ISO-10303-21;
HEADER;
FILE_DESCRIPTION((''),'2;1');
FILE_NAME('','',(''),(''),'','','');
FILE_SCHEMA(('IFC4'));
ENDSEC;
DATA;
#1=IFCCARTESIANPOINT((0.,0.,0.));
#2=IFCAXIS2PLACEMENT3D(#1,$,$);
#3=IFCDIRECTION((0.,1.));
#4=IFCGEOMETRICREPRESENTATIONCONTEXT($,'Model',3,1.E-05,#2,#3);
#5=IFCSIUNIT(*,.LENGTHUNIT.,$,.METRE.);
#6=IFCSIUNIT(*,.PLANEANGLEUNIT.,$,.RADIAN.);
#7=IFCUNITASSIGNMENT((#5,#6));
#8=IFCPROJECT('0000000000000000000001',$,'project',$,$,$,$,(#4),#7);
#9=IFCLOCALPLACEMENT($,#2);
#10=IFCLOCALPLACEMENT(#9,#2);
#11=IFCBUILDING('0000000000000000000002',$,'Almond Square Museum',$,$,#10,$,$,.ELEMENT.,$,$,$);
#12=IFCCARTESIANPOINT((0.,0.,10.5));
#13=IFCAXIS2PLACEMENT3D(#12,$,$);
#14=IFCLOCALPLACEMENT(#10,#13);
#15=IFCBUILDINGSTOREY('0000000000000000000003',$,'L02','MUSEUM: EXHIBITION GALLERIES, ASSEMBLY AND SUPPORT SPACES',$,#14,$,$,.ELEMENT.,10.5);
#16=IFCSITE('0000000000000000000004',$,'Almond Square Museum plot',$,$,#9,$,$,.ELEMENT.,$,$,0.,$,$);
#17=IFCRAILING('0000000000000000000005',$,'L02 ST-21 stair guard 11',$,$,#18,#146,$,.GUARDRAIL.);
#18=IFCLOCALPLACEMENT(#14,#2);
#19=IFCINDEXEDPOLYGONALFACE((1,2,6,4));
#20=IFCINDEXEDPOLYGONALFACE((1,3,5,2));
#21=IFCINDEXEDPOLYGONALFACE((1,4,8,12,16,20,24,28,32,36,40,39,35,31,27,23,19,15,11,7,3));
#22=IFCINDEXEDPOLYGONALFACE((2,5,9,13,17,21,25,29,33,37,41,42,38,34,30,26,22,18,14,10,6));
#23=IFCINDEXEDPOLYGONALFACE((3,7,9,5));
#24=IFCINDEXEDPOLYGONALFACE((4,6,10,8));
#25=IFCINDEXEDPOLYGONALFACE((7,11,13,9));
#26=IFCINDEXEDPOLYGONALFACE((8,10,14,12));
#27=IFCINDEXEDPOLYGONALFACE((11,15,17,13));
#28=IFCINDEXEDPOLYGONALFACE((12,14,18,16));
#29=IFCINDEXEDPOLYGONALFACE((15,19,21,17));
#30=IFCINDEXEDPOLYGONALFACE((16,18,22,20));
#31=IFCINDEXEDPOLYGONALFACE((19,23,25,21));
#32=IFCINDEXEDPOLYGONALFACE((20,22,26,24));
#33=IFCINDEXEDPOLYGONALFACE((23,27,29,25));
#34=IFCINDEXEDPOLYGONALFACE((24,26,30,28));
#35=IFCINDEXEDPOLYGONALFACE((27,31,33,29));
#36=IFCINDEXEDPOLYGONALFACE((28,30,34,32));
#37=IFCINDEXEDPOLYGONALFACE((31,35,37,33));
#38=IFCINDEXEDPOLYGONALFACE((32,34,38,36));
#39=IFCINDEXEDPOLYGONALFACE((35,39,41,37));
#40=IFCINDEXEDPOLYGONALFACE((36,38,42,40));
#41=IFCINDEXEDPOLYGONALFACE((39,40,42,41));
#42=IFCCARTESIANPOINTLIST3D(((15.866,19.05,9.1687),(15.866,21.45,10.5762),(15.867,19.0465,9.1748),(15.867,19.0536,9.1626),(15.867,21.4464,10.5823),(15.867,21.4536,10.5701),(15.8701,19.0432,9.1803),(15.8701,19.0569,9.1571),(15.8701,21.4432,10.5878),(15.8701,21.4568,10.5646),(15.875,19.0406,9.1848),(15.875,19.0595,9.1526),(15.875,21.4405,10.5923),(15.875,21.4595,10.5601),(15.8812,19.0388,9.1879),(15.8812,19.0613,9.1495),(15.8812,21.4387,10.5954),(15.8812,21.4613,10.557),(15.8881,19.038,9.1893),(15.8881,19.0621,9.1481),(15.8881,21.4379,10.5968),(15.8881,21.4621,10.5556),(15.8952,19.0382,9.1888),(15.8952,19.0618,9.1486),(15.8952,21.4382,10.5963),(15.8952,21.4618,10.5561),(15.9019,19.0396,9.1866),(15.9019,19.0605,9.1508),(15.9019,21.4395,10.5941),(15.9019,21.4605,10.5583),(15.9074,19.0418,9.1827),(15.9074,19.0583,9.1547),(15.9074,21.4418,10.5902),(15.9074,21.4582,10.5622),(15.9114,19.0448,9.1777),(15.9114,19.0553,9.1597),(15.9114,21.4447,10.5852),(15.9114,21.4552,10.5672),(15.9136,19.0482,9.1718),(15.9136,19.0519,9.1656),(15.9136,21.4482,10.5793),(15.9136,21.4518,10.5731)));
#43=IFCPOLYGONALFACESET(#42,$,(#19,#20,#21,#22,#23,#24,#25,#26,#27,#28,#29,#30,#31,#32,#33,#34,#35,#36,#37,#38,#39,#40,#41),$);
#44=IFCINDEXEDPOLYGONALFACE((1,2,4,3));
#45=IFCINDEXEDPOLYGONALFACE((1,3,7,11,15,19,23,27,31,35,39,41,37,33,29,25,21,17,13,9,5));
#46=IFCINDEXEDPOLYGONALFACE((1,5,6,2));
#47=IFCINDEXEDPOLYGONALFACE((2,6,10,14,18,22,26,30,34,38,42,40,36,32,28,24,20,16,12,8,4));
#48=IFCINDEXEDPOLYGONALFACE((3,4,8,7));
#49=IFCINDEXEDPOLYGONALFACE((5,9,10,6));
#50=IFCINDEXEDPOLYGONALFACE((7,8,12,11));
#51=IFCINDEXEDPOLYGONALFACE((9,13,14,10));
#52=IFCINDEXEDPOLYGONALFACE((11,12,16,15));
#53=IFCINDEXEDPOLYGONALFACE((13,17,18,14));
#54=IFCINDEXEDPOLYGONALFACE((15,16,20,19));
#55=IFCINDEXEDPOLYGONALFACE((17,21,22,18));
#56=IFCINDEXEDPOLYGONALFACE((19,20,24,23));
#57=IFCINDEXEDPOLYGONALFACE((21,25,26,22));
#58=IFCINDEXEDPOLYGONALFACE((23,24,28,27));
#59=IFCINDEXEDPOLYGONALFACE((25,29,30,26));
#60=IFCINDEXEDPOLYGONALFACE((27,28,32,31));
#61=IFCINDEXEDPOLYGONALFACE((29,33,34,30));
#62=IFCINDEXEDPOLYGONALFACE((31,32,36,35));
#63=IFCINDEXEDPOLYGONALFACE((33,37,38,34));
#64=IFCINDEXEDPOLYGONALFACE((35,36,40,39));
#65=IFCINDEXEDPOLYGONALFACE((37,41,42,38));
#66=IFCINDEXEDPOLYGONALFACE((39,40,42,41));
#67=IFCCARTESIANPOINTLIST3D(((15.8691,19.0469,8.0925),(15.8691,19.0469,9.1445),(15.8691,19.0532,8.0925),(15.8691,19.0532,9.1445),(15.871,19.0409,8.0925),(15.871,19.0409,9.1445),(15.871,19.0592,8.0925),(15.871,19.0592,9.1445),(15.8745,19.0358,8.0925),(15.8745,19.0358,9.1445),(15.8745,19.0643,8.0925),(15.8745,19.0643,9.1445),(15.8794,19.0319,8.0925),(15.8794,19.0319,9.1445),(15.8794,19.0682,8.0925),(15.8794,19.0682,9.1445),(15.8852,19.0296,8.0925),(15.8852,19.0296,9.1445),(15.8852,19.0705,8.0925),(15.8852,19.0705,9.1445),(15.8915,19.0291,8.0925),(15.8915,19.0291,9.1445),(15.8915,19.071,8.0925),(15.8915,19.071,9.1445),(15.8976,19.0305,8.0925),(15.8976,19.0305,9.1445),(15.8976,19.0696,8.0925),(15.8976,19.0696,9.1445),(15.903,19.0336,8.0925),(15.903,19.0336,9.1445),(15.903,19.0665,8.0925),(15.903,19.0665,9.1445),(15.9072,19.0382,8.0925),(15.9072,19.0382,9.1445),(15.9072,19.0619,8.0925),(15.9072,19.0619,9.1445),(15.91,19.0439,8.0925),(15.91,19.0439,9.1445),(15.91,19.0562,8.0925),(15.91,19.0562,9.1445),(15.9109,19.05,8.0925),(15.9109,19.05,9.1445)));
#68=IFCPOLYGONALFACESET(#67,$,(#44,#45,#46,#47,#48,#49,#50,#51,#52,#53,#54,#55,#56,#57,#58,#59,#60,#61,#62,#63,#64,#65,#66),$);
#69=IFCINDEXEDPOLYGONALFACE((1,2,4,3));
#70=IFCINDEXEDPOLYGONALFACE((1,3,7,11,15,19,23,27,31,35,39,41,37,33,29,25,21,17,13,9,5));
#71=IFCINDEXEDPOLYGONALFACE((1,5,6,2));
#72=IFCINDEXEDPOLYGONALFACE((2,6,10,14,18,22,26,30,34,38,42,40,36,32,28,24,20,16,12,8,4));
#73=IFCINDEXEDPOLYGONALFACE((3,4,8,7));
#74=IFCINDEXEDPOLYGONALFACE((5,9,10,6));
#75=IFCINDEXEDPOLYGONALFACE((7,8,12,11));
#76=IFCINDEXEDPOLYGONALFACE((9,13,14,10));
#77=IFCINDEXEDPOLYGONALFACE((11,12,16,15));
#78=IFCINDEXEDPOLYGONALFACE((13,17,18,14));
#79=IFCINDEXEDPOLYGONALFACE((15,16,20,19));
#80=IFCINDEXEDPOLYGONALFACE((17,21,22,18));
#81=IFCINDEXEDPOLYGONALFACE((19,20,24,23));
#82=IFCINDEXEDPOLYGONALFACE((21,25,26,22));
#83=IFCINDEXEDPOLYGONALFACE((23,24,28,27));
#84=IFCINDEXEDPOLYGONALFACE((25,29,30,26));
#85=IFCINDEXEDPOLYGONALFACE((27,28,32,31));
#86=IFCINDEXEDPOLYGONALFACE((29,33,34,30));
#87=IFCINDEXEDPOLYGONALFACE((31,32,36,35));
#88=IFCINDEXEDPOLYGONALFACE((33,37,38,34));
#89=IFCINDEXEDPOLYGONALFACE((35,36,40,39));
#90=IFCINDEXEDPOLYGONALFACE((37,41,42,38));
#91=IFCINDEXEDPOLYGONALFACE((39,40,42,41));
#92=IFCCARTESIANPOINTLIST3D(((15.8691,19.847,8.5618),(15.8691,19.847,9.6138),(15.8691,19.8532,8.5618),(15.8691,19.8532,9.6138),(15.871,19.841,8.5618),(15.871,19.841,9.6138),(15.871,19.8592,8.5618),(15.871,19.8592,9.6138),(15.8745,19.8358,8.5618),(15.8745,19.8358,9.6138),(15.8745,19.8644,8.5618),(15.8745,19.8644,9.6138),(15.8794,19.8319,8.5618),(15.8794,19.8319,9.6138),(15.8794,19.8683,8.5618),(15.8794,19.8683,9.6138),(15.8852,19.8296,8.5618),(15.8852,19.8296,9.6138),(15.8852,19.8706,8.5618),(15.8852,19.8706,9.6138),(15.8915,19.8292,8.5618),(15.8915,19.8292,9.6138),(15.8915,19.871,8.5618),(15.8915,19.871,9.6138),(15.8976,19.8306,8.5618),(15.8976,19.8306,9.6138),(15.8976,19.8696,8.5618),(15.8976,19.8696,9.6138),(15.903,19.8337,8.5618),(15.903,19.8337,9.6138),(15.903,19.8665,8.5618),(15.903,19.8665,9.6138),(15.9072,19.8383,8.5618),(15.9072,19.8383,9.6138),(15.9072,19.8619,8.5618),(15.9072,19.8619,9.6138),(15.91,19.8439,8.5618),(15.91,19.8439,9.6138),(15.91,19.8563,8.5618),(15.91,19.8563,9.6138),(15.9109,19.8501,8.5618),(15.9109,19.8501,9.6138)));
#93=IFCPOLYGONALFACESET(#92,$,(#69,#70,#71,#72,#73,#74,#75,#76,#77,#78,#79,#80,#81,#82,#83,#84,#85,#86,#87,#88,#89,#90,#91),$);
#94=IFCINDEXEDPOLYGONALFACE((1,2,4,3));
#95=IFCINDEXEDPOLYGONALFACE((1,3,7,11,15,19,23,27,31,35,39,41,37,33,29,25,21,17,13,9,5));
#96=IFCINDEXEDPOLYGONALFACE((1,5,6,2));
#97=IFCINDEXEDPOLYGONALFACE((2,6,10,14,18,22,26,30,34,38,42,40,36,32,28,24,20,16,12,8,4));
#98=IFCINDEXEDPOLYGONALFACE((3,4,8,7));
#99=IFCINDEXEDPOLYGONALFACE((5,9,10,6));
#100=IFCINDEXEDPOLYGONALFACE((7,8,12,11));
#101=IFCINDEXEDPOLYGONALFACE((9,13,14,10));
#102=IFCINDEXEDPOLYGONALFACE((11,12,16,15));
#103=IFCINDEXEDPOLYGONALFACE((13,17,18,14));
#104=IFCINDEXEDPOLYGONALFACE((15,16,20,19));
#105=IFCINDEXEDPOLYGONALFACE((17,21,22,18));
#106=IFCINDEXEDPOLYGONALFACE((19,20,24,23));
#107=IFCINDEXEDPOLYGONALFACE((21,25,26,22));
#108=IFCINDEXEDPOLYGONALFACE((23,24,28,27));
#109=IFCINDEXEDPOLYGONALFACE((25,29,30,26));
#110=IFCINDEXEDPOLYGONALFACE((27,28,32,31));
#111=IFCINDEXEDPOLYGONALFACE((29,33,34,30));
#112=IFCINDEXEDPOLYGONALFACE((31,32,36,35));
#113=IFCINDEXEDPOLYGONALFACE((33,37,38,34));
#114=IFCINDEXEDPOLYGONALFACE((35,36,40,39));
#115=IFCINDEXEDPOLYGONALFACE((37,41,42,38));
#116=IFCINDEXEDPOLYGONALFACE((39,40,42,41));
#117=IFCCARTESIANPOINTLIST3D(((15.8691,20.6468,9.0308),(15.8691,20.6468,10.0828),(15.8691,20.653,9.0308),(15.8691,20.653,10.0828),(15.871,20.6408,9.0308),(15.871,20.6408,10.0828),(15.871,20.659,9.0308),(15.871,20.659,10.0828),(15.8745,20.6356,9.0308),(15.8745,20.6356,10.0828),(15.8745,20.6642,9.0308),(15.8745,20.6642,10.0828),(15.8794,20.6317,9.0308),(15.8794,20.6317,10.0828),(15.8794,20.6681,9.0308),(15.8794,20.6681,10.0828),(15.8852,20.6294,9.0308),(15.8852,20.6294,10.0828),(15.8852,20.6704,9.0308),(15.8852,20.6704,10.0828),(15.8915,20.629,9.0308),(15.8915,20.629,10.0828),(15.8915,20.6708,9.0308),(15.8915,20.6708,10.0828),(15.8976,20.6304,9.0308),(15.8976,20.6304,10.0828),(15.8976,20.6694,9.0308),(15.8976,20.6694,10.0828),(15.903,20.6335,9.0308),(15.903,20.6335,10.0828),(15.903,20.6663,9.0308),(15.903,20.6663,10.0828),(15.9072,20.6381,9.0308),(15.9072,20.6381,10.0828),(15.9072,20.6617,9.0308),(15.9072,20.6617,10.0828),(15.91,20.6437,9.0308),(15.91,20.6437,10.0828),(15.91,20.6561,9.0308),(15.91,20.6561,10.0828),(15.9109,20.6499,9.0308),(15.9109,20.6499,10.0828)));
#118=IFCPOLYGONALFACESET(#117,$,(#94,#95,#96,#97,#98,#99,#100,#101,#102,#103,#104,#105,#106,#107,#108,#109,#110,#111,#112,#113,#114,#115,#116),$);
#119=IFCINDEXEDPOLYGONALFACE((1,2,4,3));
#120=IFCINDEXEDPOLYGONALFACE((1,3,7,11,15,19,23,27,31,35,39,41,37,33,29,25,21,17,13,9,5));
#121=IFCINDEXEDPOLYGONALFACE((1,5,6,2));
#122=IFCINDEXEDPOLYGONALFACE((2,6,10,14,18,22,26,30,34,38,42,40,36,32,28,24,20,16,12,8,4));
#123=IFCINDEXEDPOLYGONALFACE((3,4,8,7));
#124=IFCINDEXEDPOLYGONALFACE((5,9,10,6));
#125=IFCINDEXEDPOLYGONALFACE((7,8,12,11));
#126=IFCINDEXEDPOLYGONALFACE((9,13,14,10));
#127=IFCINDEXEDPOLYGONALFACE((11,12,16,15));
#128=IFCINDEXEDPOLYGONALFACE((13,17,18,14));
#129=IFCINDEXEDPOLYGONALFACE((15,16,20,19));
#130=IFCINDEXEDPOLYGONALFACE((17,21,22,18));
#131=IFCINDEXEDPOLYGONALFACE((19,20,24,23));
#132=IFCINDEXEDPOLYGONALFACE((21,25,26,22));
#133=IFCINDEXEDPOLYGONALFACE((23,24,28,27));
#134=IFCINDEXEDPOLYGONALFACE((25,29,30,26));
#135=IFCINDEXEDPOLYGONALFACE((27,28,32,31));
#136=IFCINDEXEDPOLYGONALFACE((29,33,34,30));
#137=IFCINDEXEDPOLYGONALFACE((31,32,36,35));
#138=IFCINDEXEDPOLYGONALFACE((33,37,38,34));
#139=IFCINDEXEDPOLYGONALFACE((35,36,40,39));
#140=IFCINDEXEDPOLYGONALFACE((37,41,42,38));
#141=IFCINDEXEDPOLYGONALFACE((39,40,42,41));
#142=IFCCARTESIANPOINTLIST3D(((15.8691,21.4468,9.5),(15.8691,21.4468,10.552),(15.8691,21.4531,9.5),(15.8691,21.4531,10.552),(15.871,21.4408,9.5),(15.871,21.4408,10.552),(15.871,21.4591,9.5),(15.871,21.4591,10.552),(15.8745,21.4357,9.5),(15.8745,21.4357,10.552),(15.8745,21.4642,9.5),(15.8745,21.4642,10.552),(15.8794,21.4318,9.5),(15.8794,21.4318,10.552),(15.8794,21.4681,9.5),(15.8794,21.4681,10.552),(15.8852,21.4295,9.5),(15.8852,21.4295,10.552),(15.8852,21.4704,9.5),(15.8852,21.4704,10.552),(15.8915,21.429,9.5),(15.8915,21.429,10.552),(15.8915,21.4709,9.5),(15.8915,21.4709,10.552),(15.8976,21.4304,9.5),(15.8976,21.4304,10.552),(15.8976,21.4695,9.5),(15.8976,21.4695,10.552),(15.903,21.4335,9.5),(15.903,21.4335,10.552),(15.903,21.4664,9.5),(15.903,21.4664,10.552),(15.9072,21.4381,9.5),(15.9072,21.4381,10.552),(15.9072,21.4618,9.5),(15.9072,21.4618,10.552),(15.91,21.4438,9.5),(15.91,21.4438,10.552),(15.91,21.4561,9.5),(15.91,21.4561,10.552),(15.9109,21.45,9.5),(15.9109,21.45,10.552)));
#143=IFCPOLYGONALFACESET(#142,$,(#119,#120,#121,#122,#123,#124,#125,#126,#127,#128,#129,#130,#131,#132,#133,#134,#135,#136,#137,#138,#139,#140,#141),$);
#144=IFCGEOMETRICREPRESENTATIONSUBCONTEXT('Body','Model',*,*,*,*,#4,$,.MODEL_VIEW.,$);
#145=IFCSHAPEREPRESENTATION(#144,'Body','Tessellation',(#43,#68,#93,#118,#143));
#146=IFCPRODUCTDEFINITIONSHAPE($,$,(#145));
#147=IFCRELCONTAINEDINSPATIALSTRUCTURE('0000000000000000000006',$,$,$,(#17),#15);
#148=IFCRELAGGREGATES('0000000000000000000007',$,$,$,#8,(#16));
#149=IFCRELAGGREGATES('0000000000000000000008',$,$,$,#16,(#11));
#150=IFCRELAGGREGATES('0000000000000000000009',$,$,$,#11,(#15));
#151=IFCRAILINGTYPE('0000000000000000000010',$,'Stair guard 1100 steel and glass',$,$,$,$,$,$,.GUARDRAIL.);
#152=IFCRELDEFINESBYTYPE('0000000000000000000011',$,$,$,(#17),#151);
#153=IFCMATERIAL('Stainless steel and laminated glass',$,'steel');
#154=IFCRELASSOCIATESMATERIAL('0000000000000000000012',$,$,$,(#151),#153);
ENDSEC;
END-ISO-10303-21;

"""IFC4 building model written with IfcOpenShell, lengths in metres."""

from ifc_helpers import new_model, si_unit, direction, frame, origin, origin_2d, place, context, subcontext, project, spatial, circle, extrude, material, type_object, element, save


model = new_model("IFC4")

# Units and contexts
model_context = context("Model", 3, precision=1e-05, world=origin(), true_north=direction((0.0, 1.0)))
body_context = subcontext(model_context, "Body", "Model", "MODEL_VIEW")
ifc_project = project(units=[si_unit("LENGTHUNIT", "METRE"), si_unit("PLANEANGLEUNIT", "RADIAN")], contexts=[model_context])

# Site, building, storey
site_placement = place(None, origin())
site = spatial("IfcSite", under=ifc_project, at=site_placement, Name="Almond Square Museum plot", CompositionType="ELEMENT", RefElevation=0.0)
building_placement = place(site_placement, origin())
building = spatial("IfcBuilding", under=site, at=building_placement, Name="Almond Square Museum", CompositionType="ELEMENT")
storey_placement = place(building_placement, frame((0.0, 0.0, 10.5)))
storey = spatial("IfcBuildingStorey", under=building, at=storey_placement, Name="L02", Description="MUSEUM: EXHIBITION GALLERIES, ASSEMBLY AND SUPPORT SPACES", CompositionType="ELEMENT", Elevation=10.5)

# Railing
ifc_material_1 = material(Name="Stainless steel and laminated glass", Category="steel")
railing_type_1 = type_object("IfcRailingType", Name="Stair guard 1100 steel and glass", PredefinedType="GUARDRAIL", material=ifc_material_1)
railing_1_placement = place(storey_placement, frame((15.8899, 19.05, 8.0925)))
element("IfcRailing", 1, at=railing_1_placement, inside=storey, type_object=railing_type_1, Name="L02 ST-21 stair guard 11", PredefinedType="GUARDRAIL", context=body_context, shape_type="SweptSolid", body=[
    extrude(circle(Radius=0.0239, at=origin_2d()), frame((0.0, 0.0, 1.0762), z_axis=(0.0, 0.862599, 0.505888), x_axis=(-1.0, 0.0, 0.0)), (0.0, 0.0, 1.0), 2.7822),
    extrude(circle(Radius=0.021, at=origin_2d()), origin(), (0.0, 0.0, 1.0), 1.052),
    extrude(circle(Radius=0.021, at=origin_2d()), frame((0.0, 0.8, 0.4692)), (0.0, 0.0, 1.0), 1.052),
    extrude(circle(Radius=0.021, at=origin_2d()), frame((0.0, 1.5999, 0.9382)), (0.0, 0.0, 1.0), 1.052),
    extrude(circle(Radius=0.021, at=origin_2d()), frame((0.0, 2.3999, 1.4075)), (0.0, 0.0, 1.0), 1.052),
])

save(model, "model.ifc")
